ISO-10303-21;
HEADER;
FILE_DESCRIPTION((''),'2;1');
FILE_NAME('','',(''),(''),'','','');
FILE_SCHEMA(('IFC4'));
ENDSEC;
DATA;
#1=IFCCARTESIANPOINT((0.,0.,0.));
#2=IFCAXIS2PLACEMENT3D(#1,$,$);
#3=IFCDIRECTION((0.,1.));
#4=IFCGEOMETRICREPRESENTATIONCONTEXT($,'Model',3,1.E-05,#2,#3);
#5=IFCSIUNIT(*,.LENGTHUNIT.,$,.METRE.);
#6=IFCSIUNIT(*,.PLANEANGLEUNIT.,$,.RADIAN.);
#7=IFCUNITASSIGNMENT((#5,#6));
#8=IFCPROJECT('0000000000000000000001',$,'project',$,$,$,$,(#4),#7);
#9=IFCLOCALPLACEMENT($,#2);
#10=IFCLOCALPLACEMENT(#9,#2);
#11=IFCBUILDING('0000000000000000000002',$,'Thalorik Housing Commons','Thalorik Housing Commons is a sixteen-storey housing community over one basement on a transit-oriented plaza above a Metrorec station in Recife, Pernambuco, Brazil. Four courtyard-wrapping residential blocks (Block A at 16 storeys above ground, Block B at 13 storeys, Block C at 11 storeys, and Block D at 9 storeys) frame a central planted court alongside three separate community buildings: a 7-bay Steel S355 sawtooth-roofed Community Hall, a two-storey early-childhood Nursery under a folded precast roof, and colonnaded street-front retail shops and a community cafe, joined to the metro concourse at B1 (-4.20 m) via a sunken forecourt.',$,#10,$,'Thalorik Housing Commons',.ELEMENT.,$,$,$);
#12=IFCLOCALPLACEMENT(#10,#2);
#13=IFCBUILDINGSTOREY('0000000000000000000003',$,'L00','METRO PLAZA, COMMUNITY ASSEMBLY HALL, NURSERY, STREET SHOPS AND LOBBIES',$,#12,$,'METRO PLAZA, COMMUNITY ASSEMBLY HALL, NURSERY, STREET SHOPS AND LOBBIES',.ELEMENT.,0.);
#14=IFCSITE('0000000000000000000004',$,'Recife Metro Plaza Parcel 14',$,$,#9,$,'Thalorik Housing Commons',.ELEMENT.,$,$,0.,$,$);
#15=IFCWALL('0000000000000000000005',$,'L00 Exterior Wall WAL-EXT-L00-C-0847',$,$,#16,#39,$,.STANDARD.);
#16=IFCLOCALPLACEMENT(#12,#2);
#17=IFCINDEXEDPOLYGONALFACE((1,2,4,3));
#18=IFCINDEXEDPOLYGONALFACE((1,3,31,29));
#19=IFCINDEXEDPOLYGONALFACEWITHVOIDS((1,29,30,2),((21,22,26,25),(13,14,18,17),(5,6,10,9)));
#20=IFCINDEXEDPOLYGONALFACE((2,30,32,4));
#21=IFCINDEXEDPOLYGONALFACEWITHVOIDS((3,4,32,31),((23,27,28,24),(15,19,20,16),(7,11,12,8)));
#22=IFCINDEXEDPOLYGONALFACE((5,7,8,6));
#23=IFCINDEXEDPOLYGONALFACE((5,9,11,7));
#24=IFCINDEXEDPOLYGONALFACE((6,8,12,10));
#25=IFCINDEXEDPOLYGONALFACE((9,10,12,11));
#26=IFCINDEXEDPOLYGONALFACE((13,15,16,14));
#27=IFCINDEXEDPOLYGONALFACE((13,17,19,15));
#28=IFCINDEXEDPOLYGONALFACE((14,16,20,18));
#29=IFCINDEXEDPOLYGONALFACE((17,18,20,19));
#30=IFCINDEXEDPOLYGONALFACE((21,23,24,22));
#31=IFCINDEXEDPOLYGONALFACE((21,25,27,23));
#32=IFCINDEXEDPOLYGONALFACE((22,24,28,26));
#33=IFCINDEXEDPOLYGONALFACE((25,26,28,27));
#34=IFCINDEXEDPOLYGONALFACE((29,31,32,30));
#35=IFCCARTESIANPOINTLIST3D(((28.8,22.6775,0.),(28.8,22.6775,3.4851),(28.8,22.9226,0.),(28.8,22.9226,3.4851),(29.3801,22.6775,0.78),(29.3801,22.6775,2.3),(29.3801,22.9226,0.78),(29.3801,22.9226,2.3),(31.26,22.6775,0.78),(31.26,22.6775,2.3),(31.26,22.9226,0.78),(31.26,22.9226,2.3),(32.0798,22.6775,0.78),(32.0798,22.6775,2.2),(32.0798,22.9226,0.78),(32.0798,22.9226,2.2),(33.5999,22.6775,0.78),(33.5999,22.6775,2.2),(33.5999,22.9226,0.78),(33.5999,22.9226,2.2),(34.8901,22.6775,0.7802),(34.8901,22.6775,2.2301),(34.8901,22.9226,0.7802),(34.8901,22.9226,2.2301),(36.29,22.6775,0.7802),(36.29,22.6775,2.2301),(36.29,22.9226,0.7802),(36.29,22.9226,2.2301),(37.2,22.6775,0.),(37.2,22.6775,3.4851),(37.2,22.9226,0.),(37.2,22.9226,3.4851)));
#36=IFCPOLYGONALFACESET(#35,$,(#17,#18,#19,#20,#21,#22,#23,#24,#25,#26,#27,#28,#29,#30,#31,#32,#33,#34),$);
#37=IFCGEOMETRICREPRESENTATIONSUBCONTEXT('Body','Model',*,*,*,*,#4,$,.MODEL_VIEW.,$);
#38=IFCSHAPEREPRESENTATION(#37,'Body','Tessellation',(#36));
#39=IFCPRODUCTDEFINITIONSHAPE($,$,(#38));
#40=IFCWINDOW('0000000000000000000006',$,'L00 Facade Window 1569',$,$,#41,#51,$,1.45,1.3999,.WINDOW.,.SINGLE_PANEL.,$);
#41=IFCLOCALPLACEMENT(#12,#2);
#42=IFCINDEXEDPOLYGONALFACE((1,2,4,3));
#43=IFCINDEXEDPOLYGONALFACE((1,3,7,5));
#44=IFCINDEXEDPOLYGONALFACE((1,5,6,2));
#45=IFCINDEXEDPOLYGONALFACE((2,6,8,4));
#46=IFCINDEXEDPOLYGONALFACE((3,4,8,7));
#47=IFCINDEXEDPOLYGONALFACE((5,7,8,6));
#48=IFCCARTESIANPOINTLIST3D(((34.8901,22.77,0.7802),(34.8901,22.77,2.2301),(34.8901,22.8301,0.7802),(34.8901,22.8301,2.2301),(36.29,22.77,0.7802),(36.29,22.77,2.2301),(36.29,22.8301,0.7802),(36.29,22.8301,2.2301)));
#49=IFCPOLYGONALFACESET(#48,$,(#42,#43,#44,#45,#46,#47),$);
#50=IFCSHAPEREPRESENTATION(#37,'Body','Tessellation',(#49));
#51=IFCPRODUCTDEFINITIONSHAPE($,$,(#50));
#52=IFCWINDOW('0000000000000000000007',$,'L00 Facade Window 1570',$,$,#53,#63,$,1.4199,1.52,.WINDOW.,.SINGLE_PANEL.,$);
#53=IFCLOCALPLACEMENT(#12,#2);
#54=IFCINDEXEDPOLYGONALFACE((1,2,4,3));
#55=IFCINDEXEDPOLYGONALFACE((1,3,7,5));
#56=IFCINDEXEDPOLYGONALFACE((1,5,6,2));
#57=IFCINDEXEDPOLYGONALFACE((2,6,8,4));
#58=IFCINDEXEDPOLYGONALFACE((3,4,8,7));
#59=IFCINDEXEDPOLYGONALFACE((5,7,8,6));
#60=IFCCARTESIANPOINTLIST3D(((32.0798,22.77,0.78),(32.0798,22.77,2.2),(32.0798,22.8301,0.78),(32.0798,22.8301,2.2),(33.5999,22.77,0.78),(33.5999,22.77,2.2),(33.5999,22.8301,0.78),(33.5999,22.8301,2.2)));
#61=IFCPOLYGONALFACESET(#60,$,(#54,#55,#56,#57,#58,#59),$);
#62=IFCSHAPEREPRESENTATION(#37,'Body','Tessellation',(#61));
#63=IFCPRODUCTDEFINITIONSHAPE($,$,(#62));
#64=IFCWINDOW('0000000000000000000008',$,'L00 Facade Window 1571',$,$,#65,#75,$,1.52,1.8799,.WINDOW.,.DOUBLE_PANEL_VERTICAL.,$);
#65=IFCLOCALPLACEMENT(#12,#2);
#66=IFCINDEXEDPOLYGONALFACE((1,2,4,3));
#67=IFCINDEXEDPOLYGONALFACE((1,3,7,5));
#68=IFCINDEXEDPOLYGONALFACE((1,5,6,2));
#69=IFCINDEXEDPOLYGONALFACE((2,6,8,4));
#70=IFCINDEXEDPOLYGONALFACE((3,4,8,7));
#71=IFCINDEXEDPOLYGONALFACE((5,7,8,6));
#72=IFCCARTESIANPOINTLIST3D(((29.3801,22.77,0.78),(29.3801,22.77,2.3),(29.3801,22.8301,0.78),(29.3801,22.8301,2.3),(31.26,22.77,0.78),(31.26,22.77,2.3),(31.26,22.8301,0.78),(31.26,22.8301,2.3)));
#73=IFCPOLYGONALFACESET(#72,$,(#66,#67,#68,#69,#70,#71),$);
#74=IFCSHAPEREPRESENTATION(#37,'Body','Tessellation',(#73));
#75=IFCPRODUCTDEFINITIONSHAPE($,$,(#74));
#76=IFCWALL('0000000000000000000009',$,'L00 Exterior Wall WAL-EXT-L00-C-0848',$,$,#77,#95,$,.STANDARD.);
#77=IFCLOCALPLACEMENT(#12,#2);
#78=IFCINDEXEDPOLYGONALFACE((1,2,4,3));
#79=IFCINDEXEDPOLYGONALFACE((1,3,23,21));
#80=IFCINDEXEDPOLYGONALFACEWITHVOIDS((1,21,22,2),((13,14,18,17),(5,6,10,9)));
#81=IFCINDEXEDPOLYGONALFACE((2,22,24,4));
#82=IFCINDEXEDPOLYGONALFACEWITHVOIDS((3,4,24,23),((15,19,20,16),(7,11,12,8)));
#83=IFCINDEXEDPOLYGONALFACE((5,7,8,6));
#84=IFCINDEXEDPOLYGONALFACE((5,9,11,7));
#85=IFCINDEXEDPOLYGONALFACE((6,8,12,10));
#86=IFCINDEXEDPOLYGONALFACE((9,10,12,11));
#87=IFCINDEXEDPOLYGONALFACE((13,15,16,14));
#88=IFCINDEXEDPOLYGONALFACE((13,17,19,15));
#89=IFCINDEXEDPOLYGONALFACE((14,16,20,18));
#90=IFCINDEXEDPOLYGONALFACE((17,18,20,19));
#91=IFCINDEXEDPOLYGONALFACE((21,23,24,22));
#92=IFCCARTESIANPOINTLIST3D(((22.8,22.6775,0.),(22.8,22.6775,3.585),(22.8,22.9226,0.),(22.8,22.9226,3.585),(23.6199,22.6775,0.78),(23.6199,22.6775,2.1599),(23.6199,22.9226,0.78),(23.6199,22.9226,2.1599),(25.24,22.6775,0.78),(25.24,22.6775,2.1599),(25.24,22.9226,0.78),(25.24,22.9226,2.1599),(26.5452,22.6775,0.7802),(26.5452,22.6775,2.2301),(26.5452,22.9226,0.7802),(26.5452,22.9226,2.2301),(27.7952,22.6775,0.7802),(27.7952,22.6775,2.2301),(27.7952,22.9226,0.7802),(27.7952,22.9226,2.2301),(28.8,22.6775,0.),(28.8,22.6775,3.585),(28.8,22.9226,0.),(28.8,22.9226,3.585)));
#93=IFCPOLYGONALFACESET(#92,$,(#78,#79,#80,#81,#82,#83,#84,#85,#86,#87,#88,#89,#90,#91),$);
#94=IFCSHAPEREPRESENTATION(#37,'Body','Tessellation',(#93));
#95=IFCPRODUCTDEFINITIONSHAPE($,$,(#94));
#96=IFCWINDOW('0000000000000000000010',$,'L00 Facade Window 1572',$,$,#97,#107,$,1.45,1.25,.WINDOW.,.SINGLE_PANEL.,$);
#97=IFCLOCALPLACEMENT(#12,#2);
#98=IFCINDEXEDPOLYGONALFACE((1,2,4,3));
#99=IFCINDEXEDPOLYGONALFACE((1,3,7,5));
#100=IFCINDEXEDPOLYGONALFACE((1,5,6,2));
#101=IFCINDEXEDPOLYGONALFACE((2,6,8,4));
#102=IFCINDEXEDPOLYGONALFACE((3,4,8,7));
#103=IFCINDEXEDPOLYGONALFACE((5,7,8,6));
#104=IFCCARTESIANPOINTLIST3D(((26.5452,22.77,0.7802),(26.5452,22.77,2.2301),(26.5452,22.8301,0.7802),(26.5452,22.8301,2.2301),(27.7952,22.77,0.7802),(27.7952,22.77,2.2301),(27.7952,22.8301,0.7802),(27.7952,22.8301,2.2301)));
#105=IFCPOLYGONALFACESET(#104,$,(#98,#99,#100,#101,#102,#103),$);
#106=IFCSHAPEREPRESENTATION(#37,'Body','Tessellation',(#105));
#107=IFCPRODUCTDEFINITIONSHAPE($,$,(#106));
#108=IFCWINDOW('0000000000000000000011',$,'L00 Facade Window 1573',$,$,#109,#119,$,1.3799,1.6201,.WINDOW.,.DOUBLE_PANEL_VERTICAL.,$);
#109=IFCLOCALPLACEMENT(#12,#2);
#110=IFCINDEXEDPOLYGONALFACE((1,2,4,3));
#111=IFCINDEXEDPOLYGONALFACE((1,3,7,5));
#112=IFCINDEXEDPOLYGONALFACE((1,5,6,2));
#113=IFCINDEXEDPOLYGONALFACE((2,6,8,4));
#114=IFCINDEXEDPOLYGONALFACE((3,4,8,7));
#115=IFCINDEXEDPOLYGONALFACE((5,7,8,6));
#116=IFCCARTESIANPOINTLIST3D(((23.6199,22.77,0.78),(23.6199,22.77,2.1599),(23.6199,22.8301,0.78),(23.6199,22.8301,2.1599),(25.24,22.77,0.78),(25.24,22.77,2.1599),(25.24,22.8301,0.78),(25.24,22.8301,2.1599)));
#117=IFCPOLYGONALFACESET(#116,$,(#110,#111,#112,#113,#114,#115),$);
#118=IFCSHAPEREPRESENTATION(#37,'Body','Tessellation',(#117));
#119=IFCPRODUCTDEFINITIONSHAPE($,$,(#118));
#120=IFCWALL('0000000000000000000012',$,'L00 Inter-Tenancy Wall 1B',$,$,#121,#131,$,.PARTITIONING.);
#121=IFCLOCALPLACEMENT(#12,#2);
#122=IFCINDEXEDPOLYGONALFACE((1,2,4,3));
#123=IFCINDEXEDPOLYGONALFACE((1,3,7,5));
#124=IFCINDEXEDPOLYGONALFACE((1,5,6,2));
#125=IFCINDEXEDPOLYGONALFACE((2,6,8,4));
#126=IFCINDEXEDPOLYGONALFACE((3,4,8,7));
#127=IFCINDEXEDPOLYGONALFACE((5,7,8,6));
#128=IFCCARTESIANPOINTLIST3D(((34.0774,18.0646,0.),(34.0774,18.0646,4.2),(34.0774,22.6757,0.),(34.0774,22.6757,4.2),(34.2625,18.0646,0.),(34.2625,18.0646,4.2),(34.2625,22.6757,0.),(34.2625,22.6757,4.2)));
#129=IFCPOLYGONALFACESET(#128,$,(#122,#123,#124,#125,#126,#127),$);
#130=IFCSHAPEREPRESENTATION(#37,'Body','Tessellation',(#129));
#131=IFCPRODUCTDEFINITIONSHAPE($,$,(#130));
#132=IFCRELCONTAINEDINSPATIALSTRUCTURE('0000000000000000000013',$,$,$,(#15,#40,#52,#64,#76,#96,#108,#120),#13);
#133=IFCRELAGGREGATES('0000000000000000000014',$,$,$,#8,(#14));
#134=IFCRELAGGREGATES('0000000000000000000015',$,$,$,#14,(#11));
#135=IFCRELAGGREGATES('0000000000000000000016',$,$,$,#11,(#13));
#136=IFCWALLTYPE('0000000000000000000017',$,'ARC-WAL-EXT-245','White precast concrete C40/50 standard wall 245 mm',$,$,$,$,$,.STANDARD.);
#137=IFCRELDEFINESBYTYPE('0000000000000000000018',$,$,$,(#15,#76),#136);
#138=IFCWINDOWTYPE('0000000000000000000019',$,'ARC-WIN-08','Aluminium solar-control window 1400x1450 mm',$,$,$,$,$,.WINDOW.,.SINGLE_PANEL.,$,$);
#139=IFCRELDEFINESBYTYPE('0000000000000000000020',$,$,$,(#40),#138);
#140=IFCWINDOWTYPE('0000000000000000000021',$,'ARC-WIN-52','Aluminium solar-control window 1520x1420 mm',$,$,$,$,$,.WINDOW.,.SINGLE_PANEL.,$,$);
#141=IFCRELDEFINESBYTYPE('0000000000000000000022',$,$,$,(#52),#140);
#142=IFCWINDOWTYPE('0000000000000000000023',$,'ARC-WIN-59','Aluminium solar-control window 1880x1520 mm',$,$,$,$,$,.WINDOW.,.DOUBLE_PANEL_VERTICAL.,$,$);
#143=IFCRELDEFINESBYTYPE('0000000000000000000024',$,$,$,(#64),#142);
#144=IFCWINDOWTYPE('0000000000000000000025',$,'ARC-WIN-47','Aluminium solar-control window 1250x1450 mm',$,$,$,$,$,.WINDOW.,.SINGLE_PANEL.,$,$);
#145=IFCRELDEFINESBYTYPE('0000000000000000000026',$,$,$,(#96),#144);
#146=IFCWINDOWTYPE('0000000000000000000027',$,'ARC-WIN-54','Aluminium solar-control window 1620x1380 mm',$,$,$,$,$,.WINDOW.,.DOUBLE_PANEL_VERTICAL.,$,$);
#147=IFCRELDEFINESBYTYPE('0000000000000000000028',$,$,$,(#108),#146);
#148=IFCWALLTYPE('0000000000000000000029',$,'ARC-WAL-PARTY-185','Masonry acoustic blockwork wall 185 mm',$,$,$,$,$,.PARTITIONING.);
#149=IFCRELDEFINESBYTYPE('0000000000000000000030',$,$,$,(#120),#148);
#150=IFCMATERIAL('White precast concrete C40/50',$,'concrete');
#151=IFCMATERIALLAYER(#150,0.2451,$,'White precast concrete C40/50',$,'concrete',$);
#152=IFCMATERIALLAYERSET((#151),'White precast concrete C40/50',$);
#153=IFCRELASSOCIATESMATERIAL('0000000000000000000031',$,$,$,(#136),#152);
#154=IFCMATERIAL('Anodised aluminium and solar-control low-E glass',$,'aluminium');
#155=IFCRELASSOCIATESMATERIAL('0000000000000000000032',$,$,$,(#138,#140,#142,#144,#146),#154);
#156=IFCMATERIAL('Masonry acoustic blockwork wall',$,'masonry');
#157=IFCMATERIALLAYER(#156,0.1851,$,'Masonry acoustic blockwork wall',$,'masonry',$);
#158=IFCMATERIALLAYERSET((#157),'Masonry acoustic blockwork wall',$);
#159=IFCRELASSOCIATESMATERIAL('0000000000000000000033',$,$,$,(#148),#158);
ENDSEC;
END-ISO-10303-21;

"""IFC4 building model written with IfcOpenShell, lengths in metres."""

from ifc_helpers import new_model, si_unit, direction, frame, frame_2d, origin, place, context, subcontext, project, spatial, rectangle, extrude, material, layer, layer_set, type_object, element, fill, save


model = new_model("IFC4")

# Units and contexts
model_context = context("Model", 3, precision=1e-05, world=origin(), true_north=direction((0.0, 1.0)))
body_context = subcontext(model_context, "Body", "Model", "MODEL_VIEW")
ifc_project = project(units=[si_unit("LENGTHUNIT", "METRE"), si_unit("PLANEANGLEUNIT", "RADIAN")], contexts=[model_context])

# Site, building, storey
site_placement = place(None, origin())
site = spatial("IfcSite", under=ifc_project, at=site_placement, Name="Recife Metro Plaza Parcel 14", LongName="Thalorik Housing Commons", CompositionType="ELEMENT", RefElevation=0.0)
building_placement = place(site_placement, origin())
building = spatial("IfcBuilding", under=site, at=building_placement, Name="Thalorik Housing Commons", Description="Thalorik Housing Commons is a sixteen-storey housing community over one basement on a transit-oriented plaza above a Metrorec station in Recife, Pernambuco, Brazil. Four courtyard-wrapping residential blocks (Block A at 16 storeys above ground, Block B at 13 storeys, Block C at 11 storeys, and Block D at 9 storeys) frame a central planted court alongside three separate community buildings: a 7-bay Steel S355 sawtooth-roofed Community Hall, a two-storey early-childhood Nursery under a folded precast roof, and colonnaded street-front retail shops and a community cafe, joined to the metro concourse at B1 (-4.20 m) via a sunken forecourt.", LongName="Thalorik Housing Commons", CompositionType="ELEMENT")
storey_placement = place(building_placement, origin())
storey = spatial("IfcBuildingStorey", under=building, at=storey_placement, Name="L00", Description="METRO PLAZA, COMMUNITY ASSEMBLY HALL, NURSERY, STREET SHOPS AND LOBBIES", LongName="METRO PLAZA, COMMUNITY ASSEMBLY HALL, NURSERY, STREET SHOPS AND LOBBIES", CompositionType="ELEMENT", Elevation=0.0)

# Walls, openings, windows
ifc_material_1 = material(Name="White precast concrete C40/50", Category="concrete")
ifc_layer_1 = layer(ifc_material_1, 0.2451, Name="White precast concrete C40/50", Category="concrete")
ifc_layer_set_1 = layer_set([ifc_layer_1], Name="White precast concrete C40/50")
wall_type_1 = type_object("IfcWallType", Name="ARC-WAL-EXT-245", Description="White precast concrete C40/50 standard wall 245 mm", PredefinedType="STANDARD", material=ifc_layer_set_1)
wall_1_placement = place(storey_placement, frame((37.2, 22.8, 0.0), z_axis=(0.0, 0.0, 1.0), x_axis=(-1.0, 0.0, 0.0)))
wall_1 = element("IfcWall", 1, at=wall_1_placement, inside=storey, type_object=wall_type_1, Name="L00 Exterior Wall WAL-EXT-L00-C-0847", PredefinedType="STANDARD", context=body_context, shape_type="SweptSolid", body=[
    extrude(rectangle(XDim=8.3999, YDim=0.2451, at=frame_2d((4.2, 0.0))), origin(), (0.0, 0.0, 1.0), 3.4851),
])
opening_1_placement = place(wall_1_placement, frame((0.9099, 0.0, 0.78)))
opening_1 = element("IfcOpeningElement", 2, at=opening_1_placement, cuts=wall_1, PredefinedType="OPENING", context=body_context, shape_type="SweptSolid", body=[
    extrude(rectangle(XDim=1.3999, YDim=1.45, at=frame_2d((0.7, 0.7251))), frame((0.0, 0.1326, 0.0), z_axis=(0.0, -1.0, 0.0), x_axis=(1.0, 0.0, 0.0)), (0.0, 0.0, 1.0), 0.2651),
])
opening_2_placement = place(wall_1_placement, frame((3.6001, 0.0, 0.78)))
opening_2 = element("IfcOpeningElement", 3, at=opening_2_placement, cuts=wall_1, PredefinedType="OPENING", context=body_context, shape_type="SweptSolid", body=[
    extrude(rectangle(XDim=1.52, YDim=1.4199, at=frame_2d((0.76, 0.71))), frame((0.0, 0.1326, 0.0), z_axis=(0.0, -1.0, 0.0), x_axis=(1.0, 0.0, 0.0)), (0.0, 0.0, 1.0), 0.2651),
])
opening_3_placement = place(wall_1_placement, frame((5.9399, 0.0, 0.78)))
opening_3 = element("IfcOpeningElement", 4, at=opening_3_placement, cuts=wall_1, PredefinedType="OPENING", context=body_context, shape_type="SweptSolid", body=[
    extrude(rectangle(XDim=1.8799, YDim=1.52, at=frame_2d((0.9399, 0.76))), frame((0.0, 0.1326, 0.0), z_axis=(0.0, -1.0, 0.0), x_axis=(1.0, 0.0, 0.0)), (0.0, 0.0, 1.0), 0.2651),
])
ifc_material_2 = material(Name="Anodised aluminium and solar-control low-E glass", Category="aluminium")
window_type_1 = type_object("IfcWindowType", Name="ARC-WIN-08", Description="Aluminium solar-control window 1400x1450 mm", PartitioningType="SINGLE_PANEL", PredefinedType="WINDOW", material=ifc_material_2)
window_1_placement = place(opening_1_placement, origin())
window_1 = element("IfcWindow", 5, at=window_1_placement, inside=storey, type_object=window_type_1, Name="L00 Facade Window 1569", OverallHeight=1.45, OverallWidth=1.3999, PartitioningType="SINGLE_PANEL", PredefinedType="WINDOW", context=body_context, shape_type="SweptSolid", body=[
    extrude(rectangle(XDim=1.3999, YDim=1.45, at=frame_2d((0.7, 0.7251))), frame((0.0, 0.03, 0.0), z_axis=(0.0, -1.0, 0.0), x_axis=(1.0, 0.0, 0.0)), (0.0, 0.0, 1.0), 0.0601),
])
fill(opening_1, window_1)
window_type_2 = type_object("IfcWindowType", Name="ARC-WIN-52", Description="Aluminium solar-control window 1520x1420 mm", PartitioningType="SINGLE_PANEL", PredefinedType="WINDOW", material=ifc_material_2)
window_2_placement = place(opening_2_placement, origin())
window_2 = element("IfcWindow", 6, at=window_2_placement, inside=storey, type_object=window_type_2, Name="L00 Facade Window 1570", OverallHeight=1.4199, OverallWidth=1.52, PartitioningType="SINGLE_PANEL", PredefinedType="WINDOW", context=body_context, shape_type="SweptSolid", body=[
    extrude(rectangle(XDim=1.52, YDim=1.4199, at=frame_2d((0.76, 0.71))), frame((0.0, 0.03, 0.0), z_axis=(0.0, -1.0, 0.0), x_axis=(1.0, 0.0, 0.0)), (0.0, 0.0, 1.0), 0.0601),
])
fill(opening_2, window_2)
window_type_3 = type_object("IfcWindowType", Name="ARC-WIN-59", Description="Aluminium solar-control window 1880x1520 mm", PartitioningType="DOUBLE_PANEL_VERTICAL", PredefinedType="WINDOW", material=ifc_material_2)
window_3_placement = place(opening_3_placement, origin())
window_3 = element("IfcWindow", 7, at=window_3_placement, inside=storey, type_object=window_type_3, Name="L00 Facade Window 1571", OverallHeight=1.52, OverallWidth=1.8799, PartitioningType="DOUBLE_PANEL_VERTICAL", PredefinedType="WINDOW", context=body_context, shape_type="SweptSolid", body=[
    extrude(rectangle(XDim=1.8799, YDim=1.52, at=frame_2d((0.9399, 0.76))), frame((0.0, 0.03, 0.0), z_axis=(0.0, -1.0, 0.0), x_axis=(1.0, 0.0, 0.0)), (0.0, 0.0, 1.0), 0.0601),
])
fill(opening_3, window_3)
wall_2_placement = place(storey_placement, frame((28.8, 22.8, 0.0), z_axis=(0.0, 0.0, 1.0), x_axis=(-1.0, 0.0, 0.0)))
wall_2 = element("IfcWall", 8, at=wall_2_placement, inside=storey, type_object=wall_type_1, Name="L00 Exterior Wall WAL-EXT-L00-C-0848", PredefinedType="STANDARD", context=body_context, shape_type="SweptSolid", body=[
    extrude(rectangle(XDim=6.0, YDim=0.2451, at=frame_2d((3.0, 0.0))), origin(), (0.0, 0.0, 1.0), 3.585),
])
opening_4_placement = place(wall_2_placement, frame((1.0049, 0.0, 0.78)))
opening_4 = element("IfcOpeningElement", 9, at=opening_4_placement, cuts=wall_2, PredefinedType="OPENING", context=body_context, shape_type="SweptSolid", body=[
    extrude(rectangle(XDim=1.25, YDim=1.45, at=frame_2d((0.625, 0.7251))), frame((0.0, 0.1326, 0.0), z_axis=(0.0, -1.0, 0.0), x_axis=(1.0, 0.0, 0.0)), (0.0, 0.0, 1.0), 0.2651),
])
opening_5_placement = place(wall_2_placement, frame((3.5601, 0.0, 0.78)))
opening_5 = element("IfcOpeningElement", 10, at=opening_5_placement, cuts=wall_2, PredefinedType="OPENING", context=body_context, shape_type="SweptSolid", body=[
    extrude(rectangle(XDim=1.6201, YDim=1.3799, at=frame_2d((0.8101, 0.6899))), frame((0.0, 0.1326, 0.0), z_axis=(0.0, -1.0, 0.0), x_axis=(1.0, 0.0, 0.0)), (0.0, 0.0, 1.0), 0.2651),
])
window_type_4 = type_object("IfcWindowType", Name="ARC-WIN-47", Description="Aluminium solar-control window 1250x1450 mm", PartitioningType="SINGLE_PANEL", PredefinedType="WINDOW", material=ifc_material_2)
window_4_placement = place(opening_4_placement, origin())
window_4 = element("IfcWindow", 11, at=window_4_placement, inside=storey, type_object=window_type_4, Name="L00 Facade Window 1572", OverallHeight=1.45, OverallWidth=1.25, PartitioningType="SINGLE_PANEL", PredefinedType="WINDOW", context=body_context, shape_type="SweptSolid", body=[
    extrude(rectangle(XDim=1.25, YDim=1.45, at=frame_2d((0.625, 0.7251))), frame((0.0, 0.03, 0.0), z_axis=(0.0, -1.0, 0.0), x_axis=(1.0, 0.0, 0.0)), (0.0, 0.0, 1.0), 0.0601),
])
fill(opening_4, window_4)
window_type_5 = type_object("IfcWindowType", Name="ARC-WIN-54", Description="Aluminium solar-control window 1620x1380 mm", PartitioningType="DOUBLE_PANEL_VERTICAL", PredefinedType="WINDOW", material=ifc_material_2)
window_5_placement = place(opening_5_placement, origin())
window_5 = element("IfcWindow", 12, at=window_5_placement, inside=storey, type_object=window_type_5, Name="L00 Facade Window 1573", OverallHeight=1.3799, OverallWidth=1.6201, PartitioningType="DOUBLE_PANEL_VERTICAL", PredefinedType="WINDOW", context=body_context, shape_type="SweptSolid", body=[
    extrude(rectangle(XDim=1.6201, YDim=1.3799, at=frame_2d((0.8101, 0.6899))), frame((0.0, 0.03, 0.0), z_axis=(0.0, -1.0, 0.0), x_axis=(1.0, 0.0, 0.0)), (0.0, 0.0, 1.0), 0.0601),
])
fill(opening_5, window_5)

# Wall
ifc_material_3 = material(Name="Masonry acoustic blockwork wall", Category="masonry")
ifc_layer_2 = layer(ifc_material_3, 0.1851, Name="Masonry acoustic blockwork wall", Category="masonry")
ifc_layer_set_2 = layer_set([ifc_layer_2], Name="Masonry acoustic blockwork wall")
wall_type_2 = type_object("IfcWallType", Name="ARC-WAL-PARTY-185", Description="Masonry acoustic blockwork wall 185 mm", PredefinedType="PARTITIONING", material=ifc_layer_set_2)
wall_3_placement = place(storey_placement, frame((34.1699, 18.0645, 0.0), z_axis=(0.0, 0.0, 1.0), x_axis=(0.0, 1.0, 0.0)))
element("IfcWall", 13, at=wall_3_placement, inside=storey, type_object=wall_type_2, Name="L00 Inter-Tenancy Wall 1B", PredefinedType="PARTITIONING", context=body_context, shape_type="SweptSolid", body=[
    extrude(rectangle(XDim=4.6111, YDim=0.1851, at=frame_2d((2.3057, 0.0))), origin(), (0.0, 0.0, 1.0), 4.2),
])

save(model, "model.ifc")
